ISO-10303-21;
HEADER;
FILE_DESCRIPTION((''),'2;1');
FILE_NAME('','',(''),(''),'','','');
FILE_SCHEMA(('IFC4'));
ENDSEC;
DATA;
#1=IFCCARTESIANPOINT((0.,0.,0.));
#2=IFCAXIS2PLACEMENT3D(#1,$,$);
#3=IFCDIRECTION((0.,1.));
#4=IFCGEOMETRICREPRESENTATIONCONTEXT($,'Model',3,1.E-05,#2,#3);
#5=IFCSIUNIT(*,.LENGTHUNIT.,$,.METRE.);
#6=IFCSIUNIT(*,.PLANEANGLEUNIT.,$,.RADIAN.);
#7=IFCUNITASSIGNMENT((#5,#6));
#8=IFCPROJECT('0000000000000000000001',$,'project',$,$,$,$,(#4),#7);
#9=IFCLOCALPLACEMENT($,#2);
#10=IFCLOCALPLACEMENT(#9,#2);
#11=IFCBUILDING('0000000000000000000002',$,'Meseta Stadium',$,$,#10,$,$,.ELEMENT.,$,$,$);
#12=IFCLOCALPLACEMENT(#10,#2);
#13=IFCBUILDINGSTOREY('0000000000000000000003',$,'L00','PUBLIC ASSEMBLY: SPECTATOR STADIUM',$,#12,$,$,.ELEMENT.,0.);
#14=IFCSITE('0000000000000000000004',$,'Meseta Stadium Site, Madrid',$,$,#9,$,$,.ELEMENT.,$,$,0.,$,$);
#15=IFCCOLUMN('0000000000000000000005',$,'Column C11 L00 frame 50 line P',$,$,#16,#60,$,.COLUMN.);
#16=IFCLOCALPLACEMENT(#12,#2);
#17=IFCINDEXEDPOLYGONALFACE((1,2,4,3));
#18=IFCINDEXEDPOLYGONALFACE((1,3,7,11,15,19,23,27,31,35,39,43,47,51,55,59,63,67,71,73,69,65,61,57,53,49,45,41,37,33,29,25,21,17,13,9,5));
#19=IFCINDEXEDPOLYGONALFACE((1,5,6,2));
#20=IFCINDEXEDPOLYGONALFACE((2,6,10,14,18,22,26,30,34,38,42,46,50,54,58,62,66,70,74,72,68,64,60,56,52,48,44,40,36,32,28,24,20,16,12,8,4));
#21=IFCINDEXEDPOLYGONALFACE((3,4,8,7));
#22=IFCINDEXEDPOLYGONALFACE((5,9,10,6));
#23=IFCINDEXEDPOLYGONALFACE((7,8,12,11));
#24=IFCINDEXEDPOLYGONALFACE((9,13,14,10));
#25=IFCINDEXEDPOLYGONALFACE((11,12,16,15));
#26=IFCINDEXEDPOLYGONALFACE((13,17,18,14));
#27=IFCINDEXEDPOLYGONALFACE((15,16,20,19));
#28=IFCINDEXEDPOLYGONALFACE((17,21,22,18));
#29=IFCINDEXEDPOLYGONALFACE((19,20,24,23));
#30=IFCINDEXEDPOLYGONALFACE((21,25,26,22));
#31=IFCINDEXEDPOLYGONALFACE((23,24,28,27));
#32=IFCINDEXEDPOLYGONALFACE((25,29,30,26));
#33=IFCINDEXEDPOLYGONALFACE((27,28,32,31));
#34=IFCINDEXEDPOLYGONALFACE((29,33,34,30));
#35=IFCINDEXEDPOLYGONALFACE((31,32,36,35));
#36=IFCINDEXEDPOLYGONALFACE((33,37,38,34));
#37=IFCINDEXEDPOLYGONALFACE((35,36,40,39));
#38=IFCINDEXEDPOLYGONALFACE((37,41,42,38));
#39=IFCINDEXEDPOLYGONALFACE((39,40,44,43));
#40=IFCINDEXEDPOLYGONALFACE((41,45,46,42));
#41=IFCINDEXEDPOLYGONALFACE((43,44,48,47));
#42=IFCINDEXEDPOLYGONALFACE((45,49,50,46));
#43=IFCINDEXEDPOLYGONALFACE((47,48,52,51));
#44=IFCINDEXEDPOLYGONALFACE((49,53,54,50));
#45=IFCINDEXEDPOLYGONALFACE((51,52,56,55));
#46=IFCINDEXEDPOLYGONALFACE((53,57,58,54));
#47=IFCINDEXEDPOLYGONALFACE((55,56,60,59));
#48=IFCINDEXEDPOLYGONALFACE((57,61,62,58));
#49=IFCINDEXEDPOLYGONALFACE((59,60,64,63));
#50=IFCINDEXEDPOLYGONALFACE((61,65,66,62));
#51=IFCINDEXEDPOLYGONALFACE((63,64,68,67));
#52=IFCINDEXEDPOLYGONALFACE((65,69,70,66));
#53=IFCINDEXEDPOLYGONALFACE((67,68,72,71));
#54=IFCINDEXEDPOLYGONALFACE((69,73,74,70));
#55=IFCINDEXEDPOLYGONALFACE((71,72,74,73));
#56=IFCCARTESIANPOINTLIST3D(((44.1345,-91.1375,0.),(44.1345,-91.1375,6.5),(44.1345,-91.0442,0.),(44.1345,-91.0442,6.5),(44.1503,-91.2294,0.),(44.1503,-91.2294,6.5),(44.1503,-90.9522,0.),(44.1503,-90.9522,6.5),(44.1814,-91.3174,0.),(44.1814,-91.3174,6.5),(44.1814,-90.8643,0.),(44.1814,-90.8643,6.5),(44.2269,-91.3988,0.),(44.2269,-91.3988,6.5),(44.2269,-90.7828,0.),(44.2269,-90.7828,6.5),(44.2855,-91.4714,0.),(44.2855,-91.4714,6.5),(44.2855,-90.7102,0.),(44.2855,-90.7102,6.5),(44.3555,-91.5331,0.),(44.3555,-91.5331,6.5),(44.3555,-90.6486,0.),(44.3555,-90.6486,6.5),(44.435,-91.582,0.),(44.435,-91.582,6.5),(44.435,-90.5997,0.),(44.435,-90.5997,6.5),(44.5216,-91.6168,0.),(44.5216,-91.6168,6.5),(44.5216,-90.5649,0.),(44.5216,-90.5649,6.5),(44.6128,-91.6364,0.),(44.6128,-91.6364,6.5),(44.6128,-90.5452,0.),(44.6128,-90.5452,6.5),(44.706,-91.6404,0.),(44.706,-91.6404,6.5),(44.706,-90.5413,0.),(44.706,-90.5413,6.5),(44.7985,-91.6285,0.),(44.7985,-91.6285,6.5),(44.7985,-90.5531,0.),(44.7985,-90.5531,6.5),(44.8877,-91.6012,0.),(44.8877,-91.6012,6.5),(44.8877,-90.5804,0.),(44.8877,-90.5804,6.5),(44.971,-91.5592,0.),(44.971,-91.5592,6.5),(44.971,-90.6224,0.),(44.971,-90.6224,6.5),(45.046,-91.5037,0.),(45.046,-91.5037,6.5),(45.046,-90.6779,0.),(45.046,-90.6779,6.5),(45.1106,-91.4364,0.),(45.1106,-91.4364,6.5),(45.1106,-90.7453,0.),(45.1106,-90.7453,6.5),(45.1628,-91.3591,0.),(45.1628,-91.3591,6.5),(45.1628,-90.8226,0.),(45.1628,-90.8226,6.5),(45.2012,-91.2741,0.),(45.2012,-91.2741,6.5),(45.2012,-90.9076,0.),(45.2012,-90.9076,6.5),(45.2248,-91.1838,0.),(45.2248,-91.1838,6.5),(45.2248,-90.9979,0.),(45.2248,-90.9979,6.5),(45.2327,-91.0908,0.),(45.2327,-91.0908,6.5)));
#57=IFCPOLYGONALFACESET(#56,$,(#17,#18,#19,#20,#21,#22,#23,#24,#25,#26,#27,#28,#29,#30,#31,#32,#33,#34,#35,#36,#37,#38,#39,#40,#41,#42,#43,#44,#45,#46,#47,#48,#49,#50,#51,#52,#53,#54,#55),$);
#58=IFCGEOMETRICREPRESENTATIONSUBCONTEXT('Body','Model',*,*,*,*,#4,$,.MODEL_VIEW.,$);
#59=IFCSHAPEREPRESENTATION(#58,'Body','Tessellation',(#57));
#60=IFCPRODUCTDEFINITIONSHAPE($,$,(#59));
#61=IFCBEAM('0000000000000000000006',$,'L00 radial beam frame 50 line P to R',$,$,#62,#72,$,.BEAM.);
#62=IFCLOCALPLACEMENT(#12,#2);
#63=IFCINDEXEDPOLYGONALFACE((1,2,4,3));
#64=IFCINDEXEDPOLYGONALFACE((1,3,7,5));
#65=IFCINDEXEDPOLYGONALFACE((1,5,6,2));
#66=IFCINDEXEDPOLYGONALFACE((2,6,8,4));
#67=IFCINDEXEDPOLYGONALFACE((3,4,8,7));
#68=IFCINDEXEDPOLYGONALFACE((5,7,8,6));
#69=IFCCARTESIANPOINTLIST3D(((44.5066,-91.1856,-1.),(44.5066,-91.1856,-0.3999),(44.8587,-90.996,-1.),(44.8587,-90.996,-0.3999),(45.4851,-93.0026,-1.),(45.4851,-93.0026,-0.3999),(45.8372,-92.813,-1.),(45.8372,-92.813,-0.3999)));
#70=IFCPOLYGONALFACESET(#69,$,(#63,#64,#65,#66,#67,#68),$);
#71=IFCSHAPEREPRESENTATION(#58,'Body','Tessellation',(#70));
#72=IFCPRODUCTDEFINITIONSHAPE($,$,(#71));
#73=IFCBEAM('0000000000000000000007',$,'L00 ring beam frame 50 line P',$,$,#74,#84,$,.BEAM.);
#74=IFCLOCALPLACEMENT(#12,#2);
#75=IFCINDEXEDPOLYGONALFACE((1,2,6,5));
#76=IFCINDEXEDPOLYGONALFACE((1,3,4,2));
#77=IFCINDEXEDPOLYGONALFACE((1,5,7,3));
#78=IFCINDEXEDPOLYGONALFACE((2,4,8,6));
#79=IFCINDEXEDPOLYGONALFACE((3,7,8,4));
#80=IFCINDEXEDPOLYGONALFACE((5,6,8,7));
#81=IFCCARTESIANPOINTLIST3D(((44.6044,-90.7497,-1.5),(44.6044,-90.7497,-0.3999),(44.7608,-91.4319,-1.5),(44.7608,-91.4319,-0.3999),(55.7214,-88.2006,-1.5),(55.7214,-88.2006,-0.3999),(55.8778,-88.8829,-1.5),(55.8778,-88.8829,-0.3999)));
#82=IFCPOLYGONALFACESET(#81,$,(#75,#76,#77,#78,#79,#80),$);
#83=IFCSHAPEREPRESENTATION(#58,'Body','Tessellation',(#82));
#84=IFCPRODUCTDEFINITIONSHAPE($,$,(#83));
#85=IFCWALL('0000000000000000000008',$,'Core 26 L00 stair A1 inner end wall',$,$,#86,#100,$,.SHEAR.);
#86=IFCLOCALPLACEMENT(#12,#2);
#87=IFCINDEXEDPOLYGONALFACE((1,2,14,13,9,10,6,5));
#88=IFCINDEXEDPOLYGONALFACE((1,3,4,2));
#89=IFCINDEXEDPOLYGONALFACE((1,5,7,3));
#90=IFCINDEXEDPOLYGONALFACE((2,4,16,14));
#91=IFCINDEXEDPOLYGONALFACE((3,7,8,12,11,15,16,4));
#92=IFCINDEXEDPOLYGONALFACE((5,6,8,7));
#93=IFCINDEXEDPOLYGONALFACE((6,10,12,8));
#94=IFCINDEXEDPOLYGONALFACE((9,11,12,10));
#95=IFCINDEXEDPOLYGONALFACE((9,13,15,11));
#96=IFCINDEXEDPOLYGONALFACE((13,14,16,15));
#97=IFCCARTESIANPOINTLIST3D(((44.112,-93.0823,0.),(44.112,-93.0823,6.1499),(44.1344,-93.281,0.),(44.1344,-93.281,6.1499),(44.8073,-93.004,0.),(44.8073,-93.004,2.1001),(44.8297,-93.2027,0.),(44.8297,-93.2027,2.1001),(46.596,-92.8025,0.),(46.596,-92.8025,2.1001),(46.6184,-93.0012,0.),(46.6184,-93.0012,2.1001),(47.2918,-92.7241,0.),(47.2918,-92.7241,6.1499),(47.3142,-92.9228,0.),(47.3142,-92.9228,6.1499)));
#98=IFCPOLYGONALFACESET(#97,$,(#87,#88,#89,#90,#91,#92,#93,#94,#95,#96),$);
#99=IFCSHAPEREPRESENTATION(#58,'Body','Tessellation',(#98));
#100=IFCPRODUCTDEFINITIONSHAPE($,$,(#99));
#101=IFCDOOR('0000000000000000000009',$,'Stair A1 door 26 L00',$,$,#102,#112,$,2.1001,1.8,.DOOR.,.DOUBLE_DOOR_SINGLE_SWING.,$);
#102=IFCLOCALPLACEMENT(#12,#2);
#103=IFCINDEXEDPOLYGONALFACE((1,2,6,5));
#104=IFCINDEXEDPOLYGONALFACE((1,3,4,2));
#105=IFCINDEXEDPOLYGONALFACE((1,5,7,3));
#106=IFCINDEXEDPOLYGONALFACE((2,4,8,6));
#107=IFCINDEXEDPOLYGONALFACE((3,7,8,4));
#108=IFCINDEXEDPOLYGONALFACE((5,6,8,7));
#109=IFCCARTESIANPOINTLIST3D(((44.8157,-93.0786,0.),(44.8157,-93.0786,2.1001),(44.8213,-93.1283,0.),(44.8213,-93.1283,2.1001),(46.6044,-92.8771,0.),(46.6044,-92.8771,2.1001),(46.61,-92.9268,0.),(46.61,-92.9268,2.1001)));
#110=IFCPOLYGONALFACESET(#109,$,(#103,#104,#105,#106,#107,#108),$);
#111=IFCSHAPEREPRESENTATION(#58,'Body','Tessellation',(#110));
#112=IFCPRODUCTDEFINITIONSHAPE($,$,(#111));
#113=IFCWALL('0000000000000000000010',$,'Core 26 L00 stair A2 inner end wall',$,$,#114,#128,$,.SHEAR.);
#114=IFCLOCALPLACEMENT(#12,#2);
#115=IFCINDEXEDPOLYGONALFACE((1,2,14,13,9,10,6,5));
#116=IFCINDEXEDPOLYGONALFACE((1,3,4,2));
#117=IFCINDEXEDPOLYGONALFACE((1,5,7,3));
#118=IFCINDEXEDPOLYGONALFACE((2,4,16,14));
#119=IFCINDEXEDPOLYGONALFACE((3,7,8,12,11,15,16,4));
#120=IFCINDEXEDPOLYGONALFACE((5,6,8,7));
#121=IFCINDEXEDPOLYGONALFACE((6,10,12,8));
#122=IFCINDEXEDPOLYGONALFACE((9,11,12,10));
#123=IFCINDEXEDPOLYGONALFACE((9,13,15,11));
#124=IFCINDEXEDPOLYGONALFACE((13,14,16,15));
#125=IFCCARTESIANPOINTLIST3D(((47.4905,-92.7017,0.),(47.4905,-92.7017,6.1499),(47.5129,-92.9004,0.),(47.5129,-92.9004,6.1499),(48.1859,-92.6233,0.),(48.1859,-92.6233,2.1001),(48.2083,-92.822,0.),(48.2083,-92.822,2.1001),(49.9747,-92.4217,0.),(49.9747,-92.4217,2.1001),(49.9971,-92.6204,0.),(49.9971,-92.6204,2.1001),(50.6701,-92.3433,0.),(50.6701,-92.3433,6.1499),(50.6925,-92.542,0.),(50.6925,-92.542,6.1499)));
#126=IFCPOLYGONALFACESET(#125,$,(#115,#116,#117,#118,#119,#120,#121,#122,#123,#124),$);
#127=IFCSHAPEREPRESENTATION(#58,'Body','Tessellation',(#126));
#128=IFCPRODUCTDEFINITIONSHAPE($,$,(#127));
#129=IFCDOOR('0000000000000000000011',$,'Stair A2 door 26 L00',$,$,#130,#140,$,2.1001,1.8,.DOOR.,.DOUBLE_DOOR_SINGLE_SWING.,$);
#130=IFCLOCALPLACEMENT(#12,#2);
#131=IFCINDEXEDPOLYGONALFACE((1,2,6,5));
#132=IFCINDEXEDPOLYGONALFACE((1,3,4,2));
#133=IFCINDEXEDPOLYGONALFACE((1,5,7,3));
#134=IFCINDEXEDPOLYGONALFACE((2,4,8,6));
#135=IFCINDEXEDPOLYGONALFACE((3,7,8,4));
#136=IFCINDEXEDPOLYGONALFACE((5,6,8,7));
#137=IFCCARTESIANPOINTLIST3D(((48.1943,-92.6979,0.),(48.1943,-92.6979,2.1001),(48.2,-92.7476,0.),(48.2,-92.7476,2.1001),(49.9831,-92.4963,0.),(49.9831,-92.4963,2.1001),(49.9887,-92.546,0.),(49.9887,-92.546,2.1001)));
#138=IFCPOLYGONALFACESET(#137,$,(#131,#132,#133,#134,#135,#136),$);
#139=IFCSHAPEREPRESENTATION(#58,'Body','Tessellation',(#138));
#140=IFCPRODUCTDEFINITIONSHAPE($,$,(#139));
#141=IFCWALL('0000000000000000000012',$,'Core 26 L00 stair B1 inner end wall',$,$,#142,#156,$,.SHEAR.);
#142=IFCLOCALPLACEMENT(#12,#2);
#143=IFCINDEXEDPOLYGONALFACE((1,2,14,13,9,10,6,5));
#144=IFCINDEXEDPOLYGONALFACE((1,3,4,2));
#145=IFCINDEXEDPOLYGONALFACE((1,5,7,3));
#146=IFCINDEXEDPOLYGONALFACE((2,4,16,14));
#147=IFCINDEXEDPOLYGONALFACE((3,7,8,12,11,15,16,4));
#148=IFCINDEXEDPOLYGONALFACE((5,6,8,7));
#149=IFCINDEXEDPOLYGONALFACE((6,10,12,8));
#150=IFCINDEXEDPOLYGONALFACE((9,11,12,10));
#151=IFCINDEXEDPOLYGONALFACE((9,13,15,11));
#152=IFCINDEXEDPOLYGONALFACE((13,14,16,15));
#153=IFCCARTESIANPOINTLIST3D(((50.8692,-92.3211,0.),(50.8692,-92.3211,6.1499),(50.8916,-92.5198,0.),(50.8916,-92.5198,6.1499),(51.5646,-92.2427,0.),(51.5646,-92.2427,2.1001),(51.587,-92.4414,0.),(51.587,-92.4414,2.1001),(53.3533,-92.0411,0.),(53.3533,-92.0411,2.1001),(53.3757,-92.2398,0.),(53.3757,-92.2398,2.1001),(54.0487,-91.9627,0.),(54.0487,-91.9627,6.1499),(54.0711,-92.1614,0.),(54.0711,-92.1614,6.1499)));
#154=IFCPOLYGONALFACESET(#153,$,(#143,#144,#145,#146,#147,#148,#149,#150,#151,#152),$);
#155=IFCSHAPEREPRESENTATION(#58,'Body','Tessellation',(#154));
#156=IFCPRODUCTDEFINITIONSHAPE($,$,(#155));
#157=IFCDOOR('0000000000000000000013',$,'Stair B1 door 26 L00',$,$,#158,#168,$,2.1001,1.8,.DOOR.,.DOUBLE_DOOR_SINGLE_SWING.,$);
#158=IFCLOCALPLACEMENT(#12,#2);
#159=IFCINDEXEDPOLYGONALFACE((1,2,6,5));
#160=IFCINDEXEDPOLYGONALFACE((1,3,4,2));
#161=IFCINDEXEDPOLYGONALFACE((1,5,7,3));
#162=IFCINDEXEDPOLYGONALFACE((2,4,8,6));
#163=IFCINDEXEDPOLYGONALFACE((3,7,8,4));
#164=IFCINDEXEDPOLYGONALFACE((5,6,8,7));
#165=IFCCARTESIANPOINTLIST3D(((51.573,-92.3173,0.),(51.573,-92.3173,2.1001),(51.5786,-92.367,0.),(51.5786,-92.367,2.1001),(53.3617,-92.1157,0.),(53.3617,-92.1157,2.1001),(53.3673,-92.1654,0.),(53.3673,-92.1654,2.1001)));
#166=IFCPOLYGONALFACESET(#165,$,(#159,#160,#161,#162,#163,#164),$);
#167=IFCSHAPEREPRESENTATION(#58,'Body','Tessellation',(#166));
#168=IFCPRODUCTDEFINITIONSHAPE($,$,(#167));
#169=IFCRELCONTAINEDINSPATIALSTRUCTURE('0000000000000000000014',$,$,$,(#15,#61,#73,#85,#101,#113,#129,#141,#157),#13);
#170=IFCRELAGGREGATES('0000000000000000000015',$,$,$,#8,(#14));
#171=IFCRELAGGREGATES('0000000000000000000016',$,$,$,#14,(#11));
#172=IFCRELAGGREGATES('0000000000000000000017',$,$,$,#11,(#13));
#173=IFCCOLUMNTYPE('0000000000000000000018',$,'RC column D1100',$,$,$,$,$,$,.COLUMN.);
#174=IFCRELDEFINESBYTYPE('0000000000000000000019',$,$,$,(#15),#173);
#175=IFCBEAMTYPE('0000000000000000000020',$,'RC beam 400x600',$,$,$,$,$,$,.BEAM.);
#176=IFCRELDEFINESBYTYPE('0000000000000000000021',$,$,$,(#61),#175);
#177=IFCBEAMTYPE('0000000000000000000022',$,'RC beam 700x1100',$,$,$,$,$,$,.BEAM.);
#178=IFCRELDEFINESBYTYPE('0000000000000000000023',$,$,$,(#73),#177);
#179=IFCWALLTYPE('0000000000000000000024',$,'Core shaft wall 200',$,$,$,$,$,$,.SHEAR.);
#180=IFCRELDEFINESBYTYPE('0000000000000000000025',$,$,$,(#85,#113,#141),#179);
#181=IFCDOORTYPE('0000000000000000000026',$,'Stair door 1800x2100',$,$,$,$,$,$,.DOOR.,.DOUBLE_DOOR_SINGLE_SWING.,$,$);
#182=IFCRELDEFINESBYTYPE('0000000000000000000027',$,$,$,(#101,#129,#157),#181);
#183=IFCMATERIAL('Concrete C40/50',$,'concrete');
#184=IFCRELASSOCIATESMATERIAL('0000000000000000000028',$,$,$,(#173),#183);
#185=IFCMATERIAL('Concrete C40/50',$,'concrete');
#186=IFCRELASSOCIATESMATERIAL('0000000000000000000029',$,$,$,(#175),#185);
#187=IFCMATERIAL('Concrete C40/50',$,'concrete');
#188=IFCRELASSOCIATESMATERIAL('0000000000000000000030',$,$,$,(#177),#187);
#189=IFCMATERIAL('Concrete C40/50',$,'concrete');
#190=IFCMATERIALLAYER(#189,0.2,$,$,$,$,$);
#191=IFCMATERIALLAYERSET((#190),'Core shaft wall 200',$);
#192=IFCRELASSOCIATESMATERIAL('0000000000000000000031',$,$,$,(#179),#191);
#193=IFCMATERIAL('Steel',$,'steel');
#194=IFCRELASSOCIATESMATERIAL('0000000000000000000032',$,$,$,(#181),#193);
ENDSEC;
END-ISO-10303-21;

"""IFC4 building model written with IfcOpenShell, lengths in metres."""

from ifc_helpers import new_model, si_unit, direction, frame, frame_2d, origin, origin_2d, place, context, subcontext, project, spatial, rectangle, circle, extrude, material, layer, layer_set, material_profile, profile_set, type_object, element, fill, save


model = new_model("IFC4")

# Units and contexts
model_context = context("Model", 3, precision=1e-05, world=origin(), true_north=direction((0.0, 1.0)))
body_context = subcontext(model_context, "Body", "Model", "MODEL_VIEW")
ifc_project = project(units=[si_unit("LENGTHUNIT", "METRE"), si_unit("PLANEANGLEUNIT", "RADIAN")], contexts=[model_context])

# Site, building, storey
site_placement = place(None, origin())
site = spatial("IfcSite", under=ifc_project, at=site_placement, Name="Meseta Stadium Site, Madrid", CompositionType="ELEMENT", RefElevation=0.0)
building_placement = place(site_placement, origin())
building = spatial("IfcBuilding", under=site, at=building_placement, Name="Meseta Stadium", CompositionType="ELEMENT")
storey_placement = place(building_placement, origin())
storey = spatial("IfcBuildingStorey", under=building, at=storey_placement, Name="L00", Description="PUBLIC ASSEMBLY: SPECTATOR STADIUM", CompositionType="ELEMENT", Elevation=0.0)

# Column
ifc_material_1 = material(Name="Concrete C40/50", Category="concrete")
ifc_material_profile_1 = material_profile(ifc_material_1, circle(Radius=0.55, at=origin_2d()), Name="RC D1100")
ifc_profile_set_1 = profile_set([ifc_material_profile_1], Name="Concrete C40/50")
column_type = type_object("IfcColumnType", Name="RC column D1100", PredefinedType="COLUMN", material=ifc_profile_set_1)
column_placement = place(storey_placement, frame((44.6826, -91.0908, 0.0), z_axis=(0.0, 0.0, 1.0), x_axis=(1.0, 0.0, 0.0)))
element("IfcColumn", 1, at=column_placement, inside=storey, type_object=column_type, Name="Column C11 L00 frame 50 line P", PredefinedType="COLUMN", context=body_context, shape_type="SweptSolid", body=[
    extrude(circle(Radius=0.55, at=origin_2d()), origin(), (0.0, 0.0, 1.0), 6.5),
])

# Beams
ifc_material_2 = material(Name="Concrete C40/50", Category="concrete")
ifc_material_profile_2 = material_profile(ifc_material_2, rectangle(XDim=0.3999, YDim=0.6001, at=origin_2d()), Name="RC 400x600")
ifc_profile_set_2 = profile_set([ifc_material_profile_2], Name="Concrete C40/50")
beam_type_1 = type_object("IfcBeamType", Name="RC beam 400x600", PredefinedType="BEAM", material=ifc_profile_set_2)
beam_1_placement = place(storey_placement, frame((44.6826, -91.0908, -0.7), z_axis=(0.47417, -0.880433, 0.0), x_axis=(0.880433, 0.47417, 0.0)))
element("IfcBeam", 2, at=beam_1_placement, inside=storey, type_object=beam_type_1, Name="L00 radial beam frame 50 line P to R", PredefinedType="BEAM", context=body_context, shape_type="SweptSolid", body=[
    extrude(rectangle(XDim=0.3999, YDim=0.6001, at=origin_2d()), origin(), (0.0, 0.0, 1.0), 2.0637),
])
ifc_material_3 = material(Name="Concrete C40/50", Category="concrete")
ifc_material_profile_3 = material_profile(ifc_material_3, rectangle(XDim=0.7, YDim=1.1001, at=origin_2d()), Name="RC 700x1100")
ifc_profile_set_3 = profile_set([ifc_material_profile_3], Name="Concrete C40/50")
beam_type_2 = type_object("IfcBeamType", Name="RC beam 700x1100", PredefinedType="BEAM", material=ifc_profile_set_3)
beam_2_placement = place(storey_placement, frame((44.6826, -91.0908, -0.95), z_axis=(0.974705, 0.223496, 0.0), x_axis=(-0.223496, 0.974705, 0.0)))
element("IfcBeam", 3, at=beam_2_placement, inside=storey, type_object=beam_type_2, Name="L00 ring beam frame 50 line P", PredefinedType="BEAM", context=body_context, shape_type="SweptSolid", body=[
    extrude(rectangle(XDim=0.7, YDim=1.1001, at=origin_2d()), origin(), (0.0, 0.0, 1.0), 11.4055),
])

# Walls, openings, doors
ifc_material_4 = material(Name="Concrete C40/50", Category="concrete")
ifc_layer_1 = layer(ifc_material_4, 0.2)
ifc_layer_set_1 = layer_set([ifc_layer_1], Name="Core shaft wall 200")
wall_type_1 = type_object("IfcWallType", Name="Core shaft wall 200", PredefinedType="SHEAR", material=ifc_layer_set_1)
wall_1_placement = place(storey_placement, frame((44.123, -93.1816, 0.0), z_axis=(0.0, 0.0, 1.0), x_axis=(0.993717, 0.111922, 0.0)))
wall_1 = element("IfcWall", 4, at=wall_1_placement, inside=storey, type_object=wall_type_1, Name="Core 26 L00 stair A1 inner end wall", PredefinedType="SHEAR", context=body_context, shape_type="SweptSolid", body=[
    extrude(rectangle(XDim=3.2, YDim=0.2, at=frame_2d((1.6001, 0.0))), origin(), (0.0, 0.0, 1.0), 6.1499),
])
opening_1_placement = place(wall_1_placement, frame((0.7, 0.0, 0.0)))
opening_1 = element("IfcOpeningElement", 5, at=opening_1_placement, cuts=wall_1, PredefinedType="OPENING", context=body_context, shape_type="SweptSolid", body=[
    extrude(rectangle(XDim=1.8, YDim=2.1001, at=frame_2d((0.8999, 1.05))), frame((0.0, 0.1099, 0.0), z_axis=(0.0, -1.0, 0.0), x_axis=(1.0, 0.0, 0.0)), (0.0, 0.0, 1.0), 0.22),
])
ifc_material_5 = material(Name="Steel", Category="steel")
door_type = type_object("IfcDoorType", Name="Stair door 1800x2100", OperationType="DOUBLE_DOOR_SINGLE_SWING", PredefinedType="DOOR", material=ifc_material_5)
door_1_placement = place(opening_1_placement, origin())
door_1 = element("IfcDoor", 6, at=door_1_placement, inside=storey, type_object=door_type, Name="Stair A1 door 26 L00", OperationType="DOUBLE_DOOR_SINGLE_SWING", OverallHeight=2.1001, OverallWidth=1.8, PredefinedType="DOOR", context=body_context, shape_type="SweptSolid", body=[
    extrude(rectangle(XDim=1.8, YDim=2.1001, at=frame_2d((0.8999, 1.05))), frame((0.0, 0.0249, 0.0), z_axis=(0.0, -1.0, 0.0), x_axis=(1.0, 0.0, 0.0)), (0.0, 0.0, 1.0), 0.05),
])
fill(opening_1, door_1)
wall_2_placement = place(storey_placement, frame((47.5017, -92.801, 0.0), z_axis=(0.0, 0.0, 1.0), x_axis=(0.993708, 0.112006, 0.0)))
wall_2 = element("IfcWall", 7, at=wall_2_placement, inside=storey, type_object=wall_type_1, Name="Core 26 L00 stair A2 inner end wall", PredefinedType="SHEAR", context=body_context, shape_type="SweptSolid", body=[
    extrude(rectangle(XDim=3.1997, YDim=0.2, at=frame_2d((1.5999, 0.0))), origin(), (0.0, 0.0, 1.0), 6.1499),
])
opening_2_placement = place(wall_2_placement, frame((0.7, 0.0, 0.0)))
opening_2 = element("IfcOpeningElement", 8, at=opening_2_placement, cuts=wall_2, PredefinedType="OPENING", context=body_context, shape_type="SweptSolid", body=[
    extrude(rectangle(XDim=1.8, YDim=2.1001, at=frame_2d((0.8999, 1.05))), frame((0.0, 0.1099, 0.0), z_axis=(0.0, -1.0, 0.0), x_axis=(1.0, 0.0, 0.0)), (0.0, 0.0, 1.0), 0.22),
])
door_2_placement = place(opening_2_placement, origin())
door_2 = element("IfcDoor", 9, at=door_2_placement, inside=storey, type_object=door_type, Name="Stair A2 door 26 L00", OperationType="DOUBLE_DOOR_SINGLE_SWING", OverallHeight=2.1001, OverallWidth=1.8, PredefinedType="DOOR", context=body_context, shape_type="SweptSolid", body=[
    extrude(rectangle(XDim=1.8, YDim=2.1001, at=frame_2d((0.8999, 1.05))), frame((0.0, 0.0249, 0.0), z_axis=(0.0, -1.0, 0.0), x_axis=(1.0, 0.0, 0.0)), (0.0, 0.0, 1.0), 0.05),
])
fill(opening_2, door_2)
wall_3_placement = place(storey_placement, frame((50.8804, -92.4204, 0.0), z_axis=(0.0, 0.0, 1.0), x_axis=(0.993708, 0.112006, 0.0)))
wall_3 = element("IfcWall", 10, at=wall_3_placement, inside=storey, type_object=wall_type_1, Name="Core 26 L00 stair B1 inner end wall", PredefinedType="SHEAR", context=body_context, shape_type="SweptSolid", body=[
    extrude(rectangle(XDim=3.1997, YDim=0.2, at=frame_2d((1.5999, 0.0))), origin(), (0.0, 0.0, 1.0), 6.1499),
])
opening_3_placement = place(wall_3_placement, frame((0.7, 0.0, 0.0)))
opening_3 = element("IfcOpeningElement", 11, at=opening_3_placement, cuts=wall_3, PredefinedType="OPENING", context=body_context, shape_type="SweptSolid", body=[
    extrude(rectangle(XDim=1.8, YDim=2.1001, at=frame_2d((0.8999, 1.05))), frame((0.0, 0.1099, 0.0), z_axis=(0.0, -1.0, 0.0), x_axis=(1.0, 0.0, 0.0)), (0.0, 0.0, 1.0), 0.22),
])
door_3_placement = place(opening_3_placement, origin())
door_3 = element("IfcDoor", 12, at=door_3_placement, inside=storey, type_object=door_type, Name="Stair B1 door 26 L00", OperationType="DOUBLE_DOOR_SINGLE_SWING", OverallHeight=2.1001, OverallWidth=1.8, PredefinedType="DOOR", context=body_context, shape_type="SweptSolid", body=[
    extrude(rectangle(XDim=1.8, YDim=2.1001, at=frame_2d((0.8999, 1.05))), frame((0.0, 0.0249, 0.0), z_axis=(0.0, -1.0, 0.0), x_axis=(1.0, 0.0, 0.0)), (0.0, 0.0, 1.0), 0.05),
])
fill(opening_3, door_3)

save(model, "model.ifc")
